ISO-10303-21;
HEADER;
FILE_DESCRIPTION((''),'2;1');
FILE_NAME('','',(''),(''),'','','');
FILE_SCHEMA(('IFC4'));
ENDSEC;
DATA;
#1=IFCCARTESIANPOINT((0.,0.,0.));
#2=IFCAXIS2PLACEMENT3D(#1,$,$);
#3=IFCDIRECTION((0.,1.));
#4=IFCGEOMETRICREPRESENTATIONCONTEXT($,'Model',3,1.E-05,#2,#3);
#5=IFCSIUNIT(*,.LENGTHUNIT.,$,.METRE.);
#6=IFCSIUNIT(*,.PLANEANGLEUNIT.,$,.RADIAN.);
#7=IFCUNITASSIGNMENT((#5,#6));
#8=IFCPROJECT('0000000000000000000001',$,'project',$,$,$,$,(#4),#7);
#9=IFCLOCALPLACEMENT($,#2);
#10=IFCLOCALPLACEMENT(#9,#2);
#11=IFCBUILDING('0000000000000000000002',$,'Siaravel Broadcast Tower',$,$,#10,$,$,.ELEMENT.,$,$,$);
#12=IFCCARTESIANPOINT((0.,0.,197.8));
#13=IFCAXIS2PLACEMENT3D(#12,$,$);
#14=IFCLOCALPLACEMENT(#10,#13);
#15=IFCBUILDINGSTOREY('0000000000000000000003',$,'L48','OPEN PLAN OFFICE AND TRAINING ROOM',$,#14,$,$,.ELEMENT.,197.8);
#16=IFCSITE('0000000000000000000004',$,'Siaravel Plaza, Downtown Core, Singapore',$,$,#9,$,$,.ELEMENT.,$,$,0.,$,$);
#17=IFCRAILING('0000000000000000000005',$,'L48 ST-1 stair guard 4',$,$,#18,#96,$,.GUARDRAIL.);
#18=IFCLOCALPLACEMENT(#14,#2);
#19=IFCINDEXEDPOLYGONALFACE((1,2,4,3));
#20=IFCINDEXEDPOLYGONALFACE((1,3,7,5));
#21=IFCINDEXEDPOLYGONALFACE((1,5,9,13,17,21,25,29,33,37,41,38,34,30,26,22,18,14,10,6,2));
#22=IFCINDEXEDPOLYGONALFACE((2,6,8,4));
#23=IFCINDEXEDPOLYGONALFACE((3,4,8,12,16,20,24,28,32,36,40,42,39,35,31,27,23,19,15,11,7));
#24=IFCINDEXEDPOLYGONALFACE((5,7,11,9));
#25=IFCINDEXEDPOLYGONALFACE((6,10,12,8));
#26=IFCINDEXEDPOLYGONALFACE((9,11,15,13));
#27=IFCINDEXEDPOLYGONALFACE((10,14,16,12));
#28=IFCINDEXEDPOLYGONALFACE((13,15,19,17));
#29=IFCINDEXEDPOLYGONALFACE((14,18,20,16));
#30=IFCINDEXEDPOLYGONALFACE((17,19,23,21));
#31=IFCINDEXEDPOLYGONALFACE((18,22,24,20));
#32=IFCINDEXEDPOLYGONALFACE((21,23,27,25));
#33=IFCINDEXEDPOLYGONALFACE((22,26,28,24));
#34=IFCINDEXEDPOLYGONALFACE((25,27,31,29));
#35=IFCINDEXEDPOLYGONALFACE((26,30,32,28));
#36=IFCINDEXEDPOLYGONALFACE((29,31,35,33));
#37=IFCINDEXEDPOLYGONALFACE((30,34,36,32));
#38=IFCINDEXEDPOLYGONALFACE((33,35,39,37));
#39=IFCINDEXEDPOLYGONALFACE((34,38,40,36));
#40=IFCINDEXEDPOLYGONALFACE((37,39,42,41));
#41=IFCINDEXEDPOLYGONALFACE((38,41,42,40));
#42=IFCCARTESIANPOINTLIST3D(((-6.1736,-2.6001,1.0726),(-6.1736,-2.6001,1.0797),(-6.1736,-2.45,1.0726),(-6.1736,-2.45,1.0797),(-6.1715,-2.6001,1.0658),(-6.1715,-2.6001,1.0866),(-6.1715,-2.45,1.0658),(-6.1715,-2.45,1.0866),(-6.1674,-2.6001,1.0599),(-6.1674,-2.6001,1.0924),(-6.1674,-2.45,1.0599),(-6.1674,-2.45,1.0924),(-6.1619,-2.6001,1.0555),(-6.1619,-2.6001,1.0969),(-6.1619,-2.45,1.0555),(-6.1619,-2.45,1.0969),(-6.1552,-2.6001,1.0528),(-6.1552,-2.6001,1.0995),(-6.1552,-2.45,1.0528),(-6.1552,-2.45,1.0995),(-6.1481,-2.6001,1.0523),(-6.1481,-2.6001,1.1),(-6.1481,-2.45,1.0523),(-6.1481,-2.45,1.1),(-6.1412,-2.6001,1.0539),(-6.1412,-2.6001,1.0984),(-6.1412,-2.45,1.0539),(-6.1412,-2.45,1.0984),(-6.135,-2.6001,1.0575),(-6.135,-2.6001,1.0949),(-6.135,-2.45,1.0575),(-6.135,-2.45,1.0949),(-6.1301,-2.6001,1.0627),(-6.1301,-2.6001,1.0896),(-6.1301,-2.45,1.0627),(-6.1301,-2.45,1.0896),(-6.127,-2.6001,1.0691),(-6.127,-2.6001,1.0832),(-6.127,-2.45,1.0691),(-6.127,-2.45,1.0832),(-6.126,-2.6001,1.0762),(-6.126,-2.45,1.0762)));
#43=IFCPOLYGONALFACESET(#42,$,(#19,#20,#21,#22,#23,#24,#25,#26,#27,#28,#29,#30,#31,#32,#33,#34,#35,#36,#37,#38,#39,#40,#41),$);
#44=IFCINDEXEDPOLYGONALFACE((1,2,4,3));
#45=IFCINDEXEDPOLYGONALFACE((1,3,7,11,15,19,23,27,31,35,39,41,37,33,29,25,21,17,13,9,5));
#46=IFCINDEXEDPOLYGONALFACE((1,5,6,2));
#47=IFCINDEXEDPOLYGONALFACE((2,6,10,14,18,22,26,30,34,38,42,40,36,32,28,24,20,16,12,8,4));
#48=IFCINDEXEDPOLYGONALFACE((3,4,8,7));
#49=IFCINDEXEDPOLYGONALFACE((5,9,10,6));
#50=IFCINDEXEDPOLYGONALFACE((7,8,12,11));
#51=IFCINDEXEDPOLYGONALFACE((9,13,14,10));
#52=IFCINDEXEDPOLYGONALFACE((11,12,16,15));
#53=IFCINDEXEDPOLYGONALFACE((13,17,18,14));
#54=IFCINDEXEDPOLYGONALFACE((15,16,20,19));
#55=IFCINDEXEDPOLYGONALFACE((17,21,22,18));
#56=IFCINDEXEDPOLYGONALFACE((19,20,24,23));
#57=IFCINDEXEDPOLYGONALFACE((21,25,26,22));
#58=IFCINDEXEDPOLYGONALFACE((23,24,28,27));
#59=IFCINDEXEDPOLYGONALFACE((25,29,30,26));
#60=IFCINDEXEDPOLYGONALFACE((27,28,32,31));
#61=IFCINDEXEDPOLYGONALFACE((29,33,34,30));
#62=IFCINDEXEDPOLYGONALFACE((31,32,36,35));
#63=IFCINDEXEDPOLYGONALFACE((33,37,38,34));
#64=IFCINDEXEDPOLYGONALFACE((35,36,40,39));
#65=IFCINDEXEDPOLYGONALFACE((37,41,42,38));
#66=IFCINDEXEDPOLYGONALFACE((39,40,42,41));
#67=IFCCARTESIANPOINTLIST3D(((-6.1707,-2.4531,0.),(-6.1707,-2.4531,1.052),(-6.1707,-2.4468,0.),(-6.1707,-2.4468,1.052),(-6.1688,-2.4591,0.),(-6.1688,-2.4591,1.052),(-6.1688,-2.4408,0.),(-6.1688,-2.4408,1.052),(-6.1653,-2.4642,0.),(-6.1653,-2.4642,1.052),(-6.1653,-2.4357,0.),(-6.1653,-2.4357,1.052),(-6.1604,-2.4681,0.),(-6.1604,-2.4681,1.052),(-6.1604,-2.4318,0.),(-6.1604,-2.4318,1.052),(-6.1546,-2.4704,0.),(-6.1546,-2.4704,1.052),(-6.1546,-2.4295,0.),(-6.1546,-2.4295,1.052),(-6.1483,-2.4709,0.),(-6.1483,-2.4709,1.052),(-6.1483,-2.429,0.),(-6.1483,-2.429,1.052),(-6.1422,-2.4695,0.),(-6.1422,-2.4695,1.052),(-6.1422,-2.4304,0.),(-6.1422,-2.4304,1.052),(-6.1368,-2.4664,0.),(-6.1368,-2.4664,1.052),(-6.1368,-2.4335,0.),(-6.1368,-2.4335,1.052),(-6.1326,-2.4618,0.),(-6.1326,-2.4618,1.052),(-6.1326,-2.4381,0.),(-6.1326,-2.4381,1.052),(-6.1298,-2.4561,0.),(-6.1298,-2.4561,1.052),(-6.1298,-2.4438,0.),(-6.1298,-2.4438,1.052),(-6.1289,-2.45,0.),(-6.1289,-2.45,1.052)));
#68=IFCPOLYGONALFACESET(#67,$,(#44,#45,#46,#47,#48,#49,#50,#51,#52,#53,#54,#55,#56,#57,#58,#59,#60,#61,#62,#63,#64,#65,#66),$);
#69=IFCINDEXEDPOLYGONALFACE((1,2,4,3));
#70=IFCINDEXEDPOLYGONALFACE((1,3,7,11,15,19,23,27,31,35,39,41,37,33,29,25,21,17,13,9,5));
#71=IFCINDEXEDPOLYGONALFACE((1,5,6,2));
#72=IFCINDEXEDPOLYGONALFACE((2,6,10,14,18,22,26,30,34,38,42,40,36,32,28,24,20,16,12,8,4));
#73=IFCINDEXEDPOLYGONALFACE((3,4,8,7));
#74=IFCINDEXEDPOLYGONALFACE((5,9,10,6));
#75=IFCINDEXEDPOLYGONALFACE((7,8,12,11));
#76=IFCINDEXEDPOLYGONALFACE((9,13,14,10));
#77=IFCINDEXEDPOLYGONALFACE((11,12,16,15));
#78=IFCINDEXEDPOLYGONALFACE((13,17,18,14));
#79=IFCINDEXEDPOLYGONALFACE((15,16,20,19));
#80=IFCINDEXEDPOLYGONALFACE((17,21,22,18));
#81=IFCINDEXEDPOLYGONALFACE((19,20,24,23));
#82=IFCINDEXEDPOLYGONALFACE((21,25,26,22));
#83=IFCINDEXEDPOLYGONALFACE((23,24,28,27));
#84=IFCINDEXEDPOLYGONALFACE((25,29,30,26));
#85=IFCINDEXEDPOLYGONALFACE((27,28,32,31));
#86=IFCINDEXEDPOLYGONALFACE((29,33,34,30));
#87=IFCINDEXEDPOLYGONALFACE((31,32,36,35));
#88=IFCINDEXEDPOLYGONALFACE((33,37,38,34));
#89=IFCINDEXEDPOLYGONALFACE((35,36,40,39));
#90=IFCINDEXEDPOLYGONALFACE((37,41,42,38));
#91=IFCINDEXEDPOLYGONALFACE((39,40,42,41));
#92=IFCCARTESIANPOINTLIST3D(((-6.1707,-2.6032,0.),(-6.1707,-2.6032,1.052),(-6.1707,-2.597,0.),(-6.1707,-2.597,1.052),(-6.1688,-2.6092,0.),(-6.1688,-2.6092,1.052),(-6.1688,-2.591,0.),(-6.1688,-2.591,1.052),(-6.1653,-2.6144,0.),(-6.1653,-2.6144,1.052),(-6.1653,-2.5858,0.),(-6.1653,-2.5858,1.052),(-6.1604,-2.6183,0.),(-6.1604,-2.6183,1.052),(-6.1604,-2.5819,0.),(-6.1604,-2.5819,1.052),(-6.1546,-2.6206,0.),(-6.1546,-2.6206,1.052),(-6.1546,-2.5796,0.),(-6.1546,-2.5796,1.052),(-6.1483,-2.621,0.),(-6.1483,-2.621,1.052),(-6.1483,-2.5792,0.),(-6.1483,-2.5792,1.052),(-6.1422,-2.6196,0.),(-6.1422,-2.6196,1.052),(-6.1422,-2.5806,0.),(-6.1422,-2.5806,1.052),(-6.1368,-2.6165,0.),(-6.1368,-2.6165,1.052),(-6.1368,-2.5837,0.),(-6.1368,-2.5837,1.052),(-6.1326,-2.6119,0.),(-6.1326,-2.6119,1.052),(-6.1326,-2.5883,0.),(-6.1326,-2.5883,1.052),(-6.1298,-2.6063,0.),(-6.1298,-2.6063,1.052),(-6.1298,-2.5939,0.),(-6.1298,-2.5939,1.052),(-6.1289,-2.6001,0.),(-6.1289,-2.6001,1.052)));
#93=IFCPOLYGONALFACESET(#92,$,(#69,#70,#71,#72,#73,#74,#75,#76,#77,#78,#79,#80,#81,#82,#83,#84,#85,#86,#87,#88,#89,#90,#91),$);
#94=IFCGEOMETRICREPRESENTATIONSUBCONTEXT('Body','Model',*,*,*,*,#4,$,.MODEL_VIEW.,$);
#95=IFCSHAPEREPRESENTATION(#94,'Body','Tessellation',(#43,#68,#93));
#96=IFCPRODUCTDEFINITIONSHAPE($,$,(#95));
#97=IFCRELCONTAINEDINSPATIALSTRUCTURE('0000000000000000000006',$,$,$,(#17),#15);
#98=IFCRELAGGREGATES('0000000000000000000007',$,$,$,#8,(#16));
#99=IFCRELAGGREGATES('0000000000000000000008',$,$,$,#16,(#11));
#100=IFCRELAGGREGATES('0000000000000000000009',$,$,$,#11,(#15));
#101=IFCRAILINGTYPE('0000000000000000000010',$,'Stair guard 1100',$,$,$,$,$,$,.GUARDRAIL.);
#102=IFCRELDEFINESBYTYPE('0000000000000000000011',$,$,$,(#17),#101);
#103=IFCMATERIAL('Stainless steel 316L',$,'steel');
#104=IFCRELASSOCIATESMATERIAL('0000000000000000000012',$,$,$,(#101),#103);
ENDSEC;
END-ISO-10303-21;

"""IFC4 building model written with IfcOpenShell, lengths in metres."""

from ifc_helpers import new_model, si_unit, direction, frame, origin, origin_2d, place, context, subcontext, project, spatial, circle, extrude, material, type_object, element, save


model = new_model("IFC4")

# Units and contexts
model_context = context("Model", 3, precision=1e-05, world=origin(), true_north=direction((0.0, 1.0)))
body_context = subcontext(model_context, "Body", "Model", "MODEL_VIEW")
ifc_project = project(units=[si_unit("LENGTHUNIT", "METRE"), si_unit("PLANEANGLEUNIT", "RADIAN")], contexts=[model_context])

# Site, building, storey
site_placement = place(None, origin())
site = spatial("IfcSite", under=ifc_project, at=site_placement, Name="Siaravel Plaza, Downtown Core, Singapore", CompositionType="ELEMENT", RefElevation=0.0)
building_placement = place(site_placement, origin())
building = spatial("IfcBuilding", under=site, at=building_placement, Name="Siaravel Broadcast Tower", CompositionType="ELEMENT")
storey_placement = place(building_placement, frame((0.0, 0.0, 197.8)))
storey = spatial("IfcBuildingStorey", under=building, at=storey_placement, Name="L48", Description="OPEN PLAN OFFICE AND TRAINING ROOM", CompositionType="ELEMENT", Elevation=197.8)

# Shared definitions
ifc_material_1 = material(Name="Stainless steel 316L", Category="steel")

# Railing
railing_type_1 = type_object("IfcRailingType", Name="Stair guard 1100", PredefinedType="GUARDRAIL", material=ifc_material_1)
railing_1_placement = place(storey_placement, frame((-6.1499, -2.45, 0.0)))
element("IfcRailing", 1, at=railing_1_placement, inside=storey, type_object=railing_type_1, Name="L48 ST-1 stair guard 4", PredefinedType="GUARDRAIL", context=body_context, shape_type="SweptSolid", body=[
    extrude(circle(Radius=0.0239, at=origin_2d()), frame((0.0, 0.0, 1.0762), z_axis=(0.0, -1.0, 0.0), x_axis=(1.0, 0.0, 0.0)), (0.0, 0.0, 1.0), 0.1501),
    extrude(circle(Radius=0.021, at=origin_2d()), origin(), (0.0, 0.0, 1.0), 1.052),
    extrude(circle(Radius=0.021, at=origin_2d()), frame((0.0, -0.1501, 0.0)), (0.0, 0.0, 1.0), 1.052),
])

save(model, "model.ifc")
